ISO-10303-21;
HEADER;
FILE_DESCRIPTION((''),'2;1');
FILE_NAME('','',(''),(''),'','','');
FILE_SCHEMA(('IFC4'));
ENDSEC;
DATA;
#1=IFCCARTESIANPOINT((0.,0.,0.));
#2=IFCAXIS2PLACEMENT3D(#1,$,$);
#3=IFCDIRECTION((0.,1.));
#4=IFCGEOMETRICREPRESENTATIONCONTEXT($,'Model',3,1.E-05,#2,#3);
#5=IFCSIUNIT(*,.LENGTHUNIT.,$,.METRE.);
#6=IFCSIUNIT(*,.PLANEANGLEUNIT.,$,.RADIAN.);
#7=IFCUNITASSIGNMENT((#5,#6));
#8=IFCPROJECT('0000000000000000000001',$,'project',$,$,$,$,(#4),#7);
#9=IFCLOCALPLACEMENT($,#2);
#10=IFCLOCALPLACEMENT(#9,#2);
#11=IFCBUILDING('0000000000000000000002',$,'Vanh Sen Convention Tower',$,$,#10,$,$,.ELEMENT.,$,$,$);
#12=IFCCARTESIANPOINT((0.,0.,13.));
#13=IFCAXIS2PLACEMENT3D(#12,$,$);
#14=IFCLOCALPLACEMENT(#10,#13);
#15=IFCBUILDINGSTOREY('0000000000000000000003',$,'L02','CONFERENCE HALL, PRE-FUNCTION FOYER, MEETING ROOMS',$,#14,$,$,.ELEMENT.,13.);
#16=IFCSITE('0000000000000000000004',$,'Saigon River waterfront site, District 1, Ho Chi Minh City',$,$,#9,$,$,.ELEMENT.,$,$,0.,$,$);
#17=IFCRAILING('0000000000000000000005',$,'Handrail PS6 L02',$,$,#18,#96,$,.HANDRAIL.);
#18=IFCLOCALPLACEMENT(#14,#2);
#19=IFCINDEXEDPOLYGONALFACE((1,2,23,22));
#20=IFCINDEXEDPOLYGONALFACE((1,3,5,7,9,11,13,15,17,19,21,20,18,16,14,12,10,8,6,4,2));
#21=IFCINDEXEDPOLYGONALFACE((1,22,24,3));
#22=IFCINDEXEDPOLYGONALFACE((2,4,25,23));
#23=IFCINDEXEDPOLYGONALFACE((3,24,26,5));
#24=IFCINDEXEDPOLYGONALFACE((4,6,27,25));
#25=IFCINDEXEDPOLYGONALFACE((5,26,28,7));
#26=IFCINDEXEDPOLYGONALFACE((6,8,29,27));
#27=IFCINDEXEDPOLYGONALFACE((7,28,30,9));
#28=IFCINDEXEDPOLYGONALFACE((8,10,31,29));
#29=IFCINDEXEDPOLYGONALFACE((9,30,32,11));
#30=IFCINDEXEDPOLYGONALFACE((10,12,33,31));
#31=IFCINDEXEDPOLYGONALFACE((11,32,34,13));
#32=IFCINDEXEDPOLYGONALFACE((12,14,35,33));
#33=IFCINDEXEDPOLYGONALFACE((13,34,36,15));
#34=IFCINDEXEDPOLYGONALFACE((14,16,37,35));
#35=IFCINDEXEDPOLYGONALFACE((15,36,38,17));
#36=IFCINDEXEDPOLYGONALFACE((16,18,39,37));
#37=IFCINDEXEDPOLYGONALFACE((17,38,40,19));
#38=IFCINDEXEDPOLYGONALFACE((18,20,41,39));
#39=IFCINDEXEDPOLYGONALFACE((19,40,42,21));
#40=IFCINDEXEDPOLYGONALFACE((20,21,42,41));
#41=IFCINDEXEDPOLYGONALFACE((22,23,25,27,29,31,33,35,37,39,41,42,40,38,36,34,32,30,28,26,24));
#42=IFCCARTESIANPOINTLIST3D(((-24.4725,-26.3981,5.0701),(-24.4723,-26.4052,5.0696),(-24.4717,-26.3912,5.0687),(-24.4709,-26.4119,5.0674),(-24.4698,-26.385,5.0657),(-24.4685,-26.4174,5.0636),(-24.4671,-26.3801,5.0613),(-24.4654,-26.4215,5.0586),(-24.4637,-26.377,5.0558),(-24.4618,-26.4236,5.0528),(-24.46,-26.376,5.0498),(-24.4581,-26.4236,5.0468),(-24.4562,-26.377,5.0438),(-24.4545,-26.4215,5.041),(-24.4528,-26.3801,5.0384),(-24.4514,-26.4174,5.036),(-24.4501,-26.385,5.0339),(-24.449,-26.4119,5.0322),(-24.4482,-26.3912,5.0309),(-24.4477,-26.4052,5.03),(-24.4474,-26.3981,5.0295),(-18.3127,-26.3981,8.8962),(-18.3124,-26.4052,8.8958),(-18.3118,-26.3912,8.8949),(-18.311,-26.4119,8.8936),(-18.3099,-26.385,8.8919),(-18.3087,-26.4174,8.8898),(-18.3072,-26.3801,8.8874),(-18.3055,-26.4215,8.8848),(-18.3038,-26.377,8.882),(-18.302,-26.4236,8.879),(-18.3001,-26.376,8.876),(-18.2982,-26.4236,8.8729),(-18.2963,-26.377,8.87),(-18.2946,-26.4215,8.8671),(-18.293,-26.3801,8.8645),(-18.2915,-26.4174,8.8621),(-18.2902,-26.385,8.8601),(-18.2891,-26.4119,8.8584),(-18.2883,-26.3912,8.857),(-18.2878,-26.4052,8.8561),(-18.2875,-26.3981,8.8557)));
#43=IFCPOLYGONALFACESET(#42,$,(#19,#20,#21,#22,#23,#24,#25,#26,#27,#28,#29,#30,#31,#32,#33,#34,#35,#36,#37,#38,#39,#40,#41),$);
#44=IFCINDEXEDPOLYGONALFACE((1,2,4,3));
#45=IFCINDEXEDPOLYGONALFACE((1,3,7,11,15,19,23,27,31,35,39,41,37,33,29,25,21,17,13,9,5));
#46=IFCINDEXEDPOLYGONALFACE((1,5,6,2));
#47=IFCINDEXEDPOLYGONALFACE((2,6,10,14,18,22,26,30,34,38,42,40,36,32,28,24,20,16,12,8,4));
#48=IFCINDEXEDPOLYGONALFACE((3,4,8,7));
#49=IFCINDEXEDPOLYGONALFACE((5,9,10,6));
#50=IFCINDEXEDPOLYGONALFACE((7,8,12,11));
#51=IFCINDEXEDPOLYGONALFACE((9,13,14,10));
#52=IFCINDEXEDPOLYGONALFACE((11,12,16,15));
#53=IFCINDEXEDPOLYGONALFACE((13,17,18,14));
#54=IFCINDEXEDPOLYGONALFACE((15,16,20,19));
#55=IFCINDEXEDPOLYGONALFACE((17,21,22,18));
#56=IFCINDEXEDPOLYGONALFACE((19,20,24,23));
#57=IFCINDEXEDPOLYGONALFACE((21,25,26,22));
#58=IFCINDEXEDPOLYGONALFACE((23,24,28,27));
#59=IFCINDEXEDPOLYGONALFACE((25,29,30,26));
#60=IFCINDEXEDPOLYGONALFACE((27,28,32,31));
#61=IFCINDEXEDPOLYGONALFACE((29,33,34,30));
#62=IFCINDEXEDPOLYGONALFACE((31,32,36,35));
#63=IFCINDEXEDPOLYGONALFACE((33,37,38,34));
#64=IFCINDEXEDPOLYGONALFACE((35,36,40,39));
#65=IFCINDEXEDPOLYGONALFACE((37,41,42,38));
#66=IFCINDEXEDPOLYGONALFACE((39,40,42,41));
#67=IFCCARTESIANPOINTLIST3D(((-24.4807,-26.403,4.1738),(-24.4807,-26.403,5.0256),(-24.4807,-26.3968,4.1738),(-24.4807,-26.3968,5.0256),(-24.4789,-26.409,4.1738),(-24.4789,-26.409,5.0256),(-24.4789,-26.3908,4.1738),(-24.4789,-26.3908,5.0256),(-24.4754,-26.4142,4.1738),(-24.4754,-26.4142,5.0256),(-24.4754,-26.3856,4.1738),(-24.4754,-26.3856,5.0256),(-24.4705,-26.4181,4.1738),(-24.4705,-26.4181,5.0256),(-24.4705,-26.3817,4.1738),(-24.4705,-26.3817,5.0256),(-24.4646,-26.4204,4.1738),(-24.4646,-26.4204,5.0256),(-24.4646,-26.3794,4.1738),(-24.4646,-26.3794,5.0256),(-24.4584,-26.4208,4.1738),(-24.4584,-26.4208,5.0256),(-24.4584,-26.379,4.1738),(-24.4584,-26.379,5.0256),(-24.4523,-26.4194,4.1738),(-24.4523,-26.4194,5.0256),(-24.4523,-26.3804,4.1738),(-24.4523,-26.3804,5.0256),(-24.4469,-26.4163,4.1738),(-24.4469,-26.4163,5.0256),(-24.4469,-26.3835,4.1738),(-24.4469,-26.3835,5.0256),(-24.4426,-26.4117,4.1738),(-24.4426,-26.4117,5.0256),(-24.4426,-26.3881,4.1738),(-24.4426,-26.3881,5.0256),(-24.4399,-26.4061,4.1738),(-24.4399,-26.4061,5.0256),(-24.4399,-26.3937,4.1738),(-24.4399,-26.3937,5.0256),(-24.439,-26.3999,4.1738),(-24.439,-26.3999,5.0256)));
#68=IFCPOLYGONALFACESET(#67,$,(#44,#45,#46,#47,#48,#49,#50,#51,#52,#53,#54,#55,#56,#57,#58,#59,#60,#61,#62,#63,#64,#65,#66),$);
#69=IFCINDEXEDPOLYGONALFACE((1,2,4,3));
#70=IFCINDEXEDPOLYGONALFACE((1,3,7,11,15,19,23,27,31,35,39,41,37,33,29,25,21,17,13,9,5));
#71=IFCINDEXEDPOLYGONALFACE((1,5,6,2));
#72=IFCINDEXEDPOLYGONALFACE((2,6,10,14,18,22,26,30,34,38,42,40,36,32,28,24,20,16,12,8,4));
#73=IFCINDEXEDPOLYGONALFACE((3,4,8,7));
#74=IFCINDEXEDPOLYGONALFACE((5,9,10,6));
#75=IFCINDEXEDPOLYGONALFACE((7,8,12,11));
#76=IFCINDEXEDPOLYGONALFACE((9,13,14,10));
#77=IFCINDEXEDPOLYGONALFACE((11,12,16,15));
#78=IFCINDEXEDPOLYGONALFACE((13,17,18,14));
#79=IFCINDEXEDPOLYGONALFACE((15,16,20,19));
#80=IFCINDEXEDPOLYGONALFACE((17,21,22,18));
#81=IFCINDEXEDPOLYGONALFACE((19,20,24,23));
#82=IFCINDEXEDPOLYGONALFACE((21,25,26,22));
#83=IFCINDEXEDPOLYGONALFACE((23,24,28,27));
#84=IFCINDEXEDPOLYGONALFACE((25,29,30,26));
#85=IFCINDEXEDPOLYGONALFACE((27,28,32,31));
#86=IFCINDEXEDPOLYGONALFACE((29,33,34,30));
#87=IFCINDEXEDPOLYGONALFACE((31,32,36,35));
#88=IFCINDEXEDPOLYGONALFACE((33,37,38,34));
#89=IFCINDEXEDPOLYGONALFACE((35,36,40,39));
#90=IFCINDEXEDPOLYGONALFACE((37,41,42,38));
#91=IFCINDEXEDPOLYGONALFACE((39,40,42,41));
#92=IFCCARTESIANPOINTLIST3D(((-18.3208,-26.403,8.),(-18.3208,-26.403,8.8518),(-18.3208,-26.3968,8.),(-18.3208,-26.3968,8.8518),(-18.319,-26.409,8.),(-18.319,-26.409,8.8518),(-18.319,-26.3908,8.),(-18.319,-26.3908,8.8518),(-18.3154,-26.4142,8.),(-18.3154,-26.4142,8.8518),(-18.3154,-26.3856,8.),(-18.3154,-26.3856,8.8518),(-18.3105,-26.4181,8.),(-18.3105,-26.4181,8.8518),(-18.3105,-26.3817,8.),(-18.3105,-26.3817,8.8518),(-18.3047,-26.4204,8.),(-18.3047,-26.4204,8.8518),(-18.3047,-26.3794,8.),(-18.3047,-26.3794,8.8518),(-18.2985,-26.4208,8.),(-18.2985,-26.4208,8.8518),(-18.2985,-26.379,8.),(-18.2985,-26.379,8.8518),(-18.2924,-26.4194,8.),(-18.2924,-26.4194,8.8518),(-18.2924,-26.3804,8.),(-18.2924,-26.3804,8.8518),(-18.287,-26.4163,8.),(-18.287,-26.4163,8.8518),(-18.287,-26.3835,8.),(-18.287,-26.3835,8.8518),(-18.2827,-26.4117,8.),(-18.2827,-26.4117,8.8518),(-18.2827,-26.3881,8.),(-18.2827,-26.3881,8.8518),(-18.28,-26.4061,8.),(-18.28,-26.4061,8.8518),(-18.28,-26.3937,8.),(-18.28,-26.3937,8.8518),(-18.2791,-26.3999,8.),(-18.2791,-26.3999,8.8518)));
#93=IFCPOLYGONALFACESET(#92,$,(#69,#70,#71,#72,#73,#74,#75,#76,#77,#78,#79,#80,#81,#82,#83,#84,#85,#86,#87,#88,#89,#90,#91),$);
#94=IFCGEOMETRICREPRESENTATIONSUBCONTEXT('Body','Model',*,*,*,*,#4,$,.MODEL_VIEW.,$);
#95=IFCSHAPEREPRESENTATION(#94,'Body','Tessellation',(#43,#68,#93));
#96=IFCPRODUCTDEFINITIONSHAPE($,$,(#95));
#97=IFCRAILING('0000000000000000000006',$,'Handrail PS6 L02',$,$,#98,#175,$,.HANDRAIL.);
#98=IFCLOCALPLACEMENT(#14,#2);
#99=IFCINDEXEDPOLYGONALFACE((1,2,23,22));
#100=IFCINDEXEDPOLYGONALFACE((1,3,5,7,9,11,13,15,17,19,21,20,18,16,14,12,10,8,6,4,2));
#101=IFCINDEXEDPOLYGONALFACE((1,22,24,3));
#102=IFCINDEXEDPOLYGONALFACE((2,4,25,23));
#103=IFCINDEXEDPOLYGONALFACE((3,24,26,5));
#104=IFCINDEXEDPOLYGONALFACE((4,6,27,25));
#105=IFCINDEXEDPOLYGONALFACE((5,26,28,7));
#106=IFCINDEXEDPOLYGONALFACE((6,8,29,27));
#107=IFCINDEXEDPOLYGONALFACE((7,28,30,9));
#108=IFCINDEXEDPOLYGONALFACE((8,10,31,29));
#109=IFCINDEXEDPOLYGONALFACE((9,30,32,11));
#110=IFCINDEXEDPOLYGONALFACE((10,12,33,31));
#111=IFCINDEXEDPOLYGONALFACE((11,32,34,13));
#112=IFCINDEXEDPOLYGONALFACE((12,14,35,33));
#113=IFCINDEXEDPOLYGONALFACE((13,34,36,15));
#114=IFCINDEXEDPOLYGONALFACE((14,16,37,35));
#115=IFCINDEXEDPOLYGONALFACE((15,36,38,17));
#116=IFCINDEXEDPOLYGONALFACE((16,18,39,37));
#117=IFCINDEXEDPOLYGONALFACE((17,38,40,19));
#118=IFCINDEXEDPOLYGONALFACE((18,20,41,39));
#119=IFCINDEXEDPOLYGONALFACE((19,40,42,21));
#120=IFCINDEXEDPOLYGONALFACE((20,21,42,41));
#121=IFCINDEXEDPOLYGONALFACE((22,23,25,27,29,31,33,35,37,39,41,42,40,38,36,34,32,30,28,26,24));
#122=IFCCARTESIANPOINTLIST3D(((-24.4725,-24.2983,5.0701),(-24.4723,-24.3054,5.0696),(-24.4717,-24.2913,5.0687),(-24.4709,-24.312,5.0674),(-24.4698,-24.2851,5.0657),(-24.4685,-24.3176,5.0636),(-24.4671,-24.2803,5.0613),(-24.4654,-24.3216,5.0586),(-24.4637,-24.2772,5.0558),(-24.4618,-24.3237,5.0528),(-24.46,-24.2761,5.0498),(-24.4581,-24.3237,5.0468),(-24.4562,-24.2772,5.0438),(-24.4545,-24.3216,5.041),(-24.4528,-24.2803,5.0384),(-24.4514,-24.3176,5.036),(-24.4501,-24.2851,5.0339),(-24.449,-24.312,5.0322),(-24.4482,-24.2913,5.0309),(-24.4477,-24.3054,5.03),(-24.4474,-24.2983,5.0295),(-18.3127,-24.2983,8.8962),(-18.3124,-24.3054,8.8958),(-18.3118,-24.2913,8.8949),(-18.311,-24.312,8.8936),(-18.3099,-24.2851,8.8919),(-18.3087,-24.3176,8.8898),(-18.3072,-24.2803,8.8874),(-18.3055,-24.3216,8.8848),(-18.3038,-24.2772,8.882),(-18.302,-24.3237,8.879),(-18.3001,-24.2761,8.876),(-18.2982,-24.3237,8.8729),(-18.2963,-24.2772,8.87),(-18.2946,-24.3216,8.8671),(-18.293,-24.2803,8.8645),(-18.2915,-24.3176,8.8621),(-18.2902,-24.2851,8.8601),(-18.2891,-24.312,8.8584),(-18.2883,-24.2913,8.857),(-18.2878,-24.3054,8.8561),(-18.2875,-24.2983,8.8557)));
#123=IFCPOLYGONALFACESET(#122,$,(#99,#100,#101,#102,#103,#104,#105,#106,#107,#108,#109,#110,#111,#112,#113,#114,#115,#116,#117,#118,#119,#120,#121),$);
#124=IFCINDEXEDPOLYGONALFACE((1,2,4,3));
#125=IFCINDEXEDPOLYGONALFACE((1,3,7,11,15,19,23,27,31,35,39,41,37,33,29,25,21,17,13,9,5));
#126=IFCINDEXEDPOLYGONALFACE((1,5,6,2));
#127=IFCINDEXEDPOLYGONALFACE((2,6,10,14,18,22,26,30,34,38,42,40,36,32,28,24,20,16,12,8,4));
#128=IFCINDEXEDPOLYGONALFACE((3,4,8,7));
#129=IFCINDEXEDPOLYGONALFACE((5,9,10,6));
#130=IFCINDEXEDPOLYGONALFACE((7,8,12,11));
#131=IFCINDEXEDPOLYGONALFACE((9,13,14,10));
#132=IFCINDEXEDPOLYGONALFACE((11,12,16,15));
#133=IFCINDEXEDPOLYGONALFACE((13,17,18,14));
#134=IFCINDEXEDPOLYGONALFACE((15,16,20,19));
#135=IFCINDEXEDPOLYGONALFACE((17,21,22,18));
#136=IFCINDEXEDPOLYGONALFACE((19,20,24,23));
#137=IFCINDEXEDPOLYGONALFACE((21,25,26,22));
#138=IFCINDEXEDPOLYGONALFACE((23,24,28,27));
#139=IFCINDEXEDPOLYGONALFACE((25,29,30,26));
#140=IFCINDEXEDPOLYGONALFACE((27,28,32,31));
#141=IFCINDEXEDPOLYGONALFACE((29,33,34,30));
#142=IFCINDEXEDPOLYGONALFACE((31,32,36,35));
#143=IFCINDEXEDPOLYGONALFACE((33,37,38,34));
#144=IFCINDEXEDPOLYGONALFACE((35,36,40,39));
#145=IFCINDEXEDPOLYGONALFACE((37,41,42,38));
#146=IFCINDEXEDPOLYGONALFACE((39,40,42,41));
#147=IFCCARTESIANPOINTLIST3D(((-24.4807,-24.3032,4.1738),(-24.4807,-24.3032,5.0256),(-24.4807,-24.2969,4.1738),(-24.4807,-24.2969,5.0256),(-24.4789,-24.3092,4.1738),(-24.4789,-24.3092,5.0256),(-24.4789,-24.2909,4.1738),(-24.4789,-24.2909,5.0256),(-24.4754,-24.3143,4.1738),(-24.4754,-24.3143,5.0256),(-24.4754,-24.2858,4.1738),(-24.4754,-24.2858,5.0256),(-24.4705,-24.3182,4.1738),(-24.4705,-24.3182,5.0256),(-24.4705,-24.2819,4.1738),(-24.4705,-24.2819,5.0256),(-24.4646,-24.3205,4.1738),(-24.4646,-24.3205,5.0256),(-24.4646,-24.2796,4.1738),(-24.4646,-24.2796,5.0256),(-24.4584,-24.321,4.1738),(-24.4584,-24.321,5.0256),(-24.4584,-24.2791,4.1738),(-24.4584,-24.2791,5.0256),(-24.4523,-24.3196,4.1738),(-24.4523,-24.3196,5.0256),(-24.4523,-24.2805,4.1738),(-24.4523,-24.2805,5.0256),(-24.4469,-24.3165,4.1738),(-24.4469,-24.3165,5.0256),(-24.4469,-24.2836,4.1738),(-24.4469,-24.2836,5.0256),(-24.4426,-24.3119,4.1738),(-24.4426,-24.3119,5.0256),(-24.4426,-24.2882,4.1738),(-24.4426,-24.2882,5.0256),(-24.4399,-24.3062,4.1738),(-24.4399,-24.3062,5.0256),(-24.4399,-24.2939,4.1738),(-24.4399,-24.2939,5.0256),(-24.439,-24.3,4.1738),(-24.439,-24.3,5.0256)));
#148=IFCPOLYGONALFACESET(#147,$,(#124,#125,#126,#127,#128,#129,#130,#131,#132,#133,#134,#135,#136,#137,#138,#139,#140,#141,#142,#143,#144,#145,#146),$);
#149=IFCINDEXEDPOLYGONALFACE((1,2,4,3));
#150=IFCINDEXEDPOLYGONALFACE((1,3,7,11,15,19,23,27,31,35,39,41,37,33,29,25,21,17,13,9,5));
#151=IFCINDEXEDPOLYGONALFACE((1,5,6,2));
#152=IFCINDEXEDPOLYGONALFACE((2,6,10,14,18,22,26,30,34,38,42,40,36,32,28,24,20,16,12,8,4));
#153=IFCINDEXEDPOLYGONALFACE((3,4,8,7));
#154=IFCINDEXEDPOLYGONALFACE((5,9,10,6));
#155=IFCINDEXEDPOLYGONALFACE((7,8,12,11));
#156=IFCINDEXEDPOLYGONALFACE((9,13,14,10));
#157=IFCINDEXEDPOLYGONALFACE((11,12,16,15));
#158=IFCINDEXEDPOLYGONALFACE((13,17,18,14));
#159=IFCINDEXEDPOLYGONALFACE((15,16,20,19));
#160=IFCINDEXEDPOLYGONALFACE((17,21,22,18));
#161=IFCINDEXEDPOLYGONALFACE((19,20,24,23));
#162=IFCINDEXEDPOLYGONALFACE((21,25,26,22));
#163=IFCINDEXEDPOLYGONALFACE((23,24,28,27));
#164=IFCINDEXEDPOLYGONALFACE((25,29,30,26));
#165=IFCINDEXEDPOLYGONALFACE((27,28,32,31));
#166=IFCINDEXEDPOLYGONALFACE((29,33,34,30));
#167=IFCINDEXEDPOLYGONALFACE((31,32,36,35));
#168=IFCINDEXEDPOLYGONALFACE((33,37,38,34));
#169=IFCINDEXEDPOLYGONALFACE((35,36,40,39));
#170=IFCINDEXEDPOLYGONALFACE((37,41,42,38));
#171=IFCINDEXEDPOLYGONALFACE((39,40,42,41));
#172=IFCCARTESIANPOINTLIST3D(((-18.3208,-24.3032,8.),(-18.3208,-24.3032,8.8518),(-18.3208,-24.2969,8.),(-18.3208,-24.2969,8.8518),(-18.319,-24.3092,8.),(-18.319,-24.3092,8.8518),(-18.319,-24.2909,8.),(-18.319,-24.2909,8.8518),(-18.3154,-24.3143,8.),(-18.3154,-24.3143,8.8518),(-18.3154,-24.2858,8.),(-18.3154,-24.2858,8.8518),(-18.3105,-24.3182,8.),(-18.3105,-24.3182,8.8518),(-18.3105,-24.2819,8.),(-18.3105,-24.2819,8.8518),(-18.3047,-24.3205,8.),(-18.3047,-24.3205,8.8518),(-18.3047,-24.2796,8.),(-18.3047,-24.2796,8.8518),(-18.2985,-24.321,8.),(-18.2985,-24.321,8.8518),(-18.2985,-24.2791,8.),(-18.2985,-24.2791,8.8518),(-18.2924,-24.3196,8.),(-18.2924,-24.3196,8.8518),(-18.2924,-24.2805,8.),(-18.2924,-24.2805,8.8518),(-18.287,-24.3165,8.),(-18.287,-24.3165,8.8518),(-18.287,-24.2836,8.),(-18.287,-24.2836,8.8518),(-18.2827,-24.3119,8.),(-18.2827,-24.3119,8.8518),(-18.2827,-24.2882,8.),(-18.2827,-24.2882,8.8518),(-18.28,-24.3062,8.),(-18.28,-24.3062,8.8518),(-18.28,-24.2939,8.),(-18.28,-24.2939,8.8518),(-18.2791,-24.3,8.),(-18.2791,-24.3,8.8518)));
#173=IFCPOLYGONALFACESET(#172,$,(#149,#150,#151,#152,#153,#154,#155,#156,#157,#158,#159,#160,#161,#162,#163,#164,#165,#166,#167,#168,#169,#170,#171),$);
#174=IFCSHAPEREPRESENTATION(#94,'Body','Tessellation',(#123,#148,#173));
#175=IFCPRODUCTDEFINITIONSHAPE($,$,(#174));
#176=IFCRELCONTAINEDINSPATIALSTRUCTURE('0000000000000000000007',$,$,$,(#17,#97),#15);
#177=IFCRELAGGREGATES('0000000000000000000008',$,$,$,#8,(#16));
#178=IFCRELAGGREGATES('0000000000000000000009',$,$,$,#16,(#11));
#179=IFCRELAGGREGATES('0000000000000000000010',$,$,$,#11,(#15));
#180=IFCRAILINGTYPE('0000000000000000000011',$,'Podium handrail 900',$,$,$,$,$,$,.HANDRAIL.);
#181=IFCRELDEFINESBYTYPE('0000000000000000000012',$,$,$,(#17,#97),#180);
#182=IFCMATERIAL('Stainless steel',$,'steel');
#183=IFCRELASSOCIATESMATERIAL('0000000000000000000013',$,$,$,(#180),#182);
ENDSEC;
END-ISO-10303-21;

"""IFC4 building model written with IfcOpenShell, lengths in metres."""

from ifc_helpers import new_model, si_unit, direction, frame, origin, origin_2d, place, context, subcontext, project, spatial, circle, extrude, material, type_object, element, save


model = new_model("IFC4")

# Units and contexts
model_context = context("Model", 3, precision=1e-05, world=origin(), true_north=direction((0.0, 1.0)))
body_context = subcontext(model_context, "Body", "Model", "MODEL_VIEW")
ifc_project = project(units=[si_unit("LENGTHUNIT", "METRE"), si_unit("PLANEANGLEUNIT", "RADIAN")], contexts=[model_context])

# Site, building, storey
site_placement = place(None, origin())
site = spatial("IfcSite", under=ifc_project, at=site_placement, Name="Saigon River waterfront site, District 1, Ho Chi Minh City", CompositionType="ELEMENT", RefElevation=0.0)
building_placement = place(site_placement, origin())
building = spatial("IfcBuilding", under=site, at=building_placement, Name="Vanh Sen Convention Tower", CompositionType="ELEMENT")
storey_placement = place(building_placement, frame((0.0, 0.0, 13.0)))
storey = spatial("IfcBuildingStorey", under=building, at=storey_placement, Name="L02", Description="CONFERENCE HALL, PRE-FUNCTION FOYER, MEETING ROOMS", CompositionType="ELEMENT", Elevation=13.0)

# Railings
ifc_material_1 = material(Name="Stainless steel", Category="steel")
railing_type = type_object("IfcRailingType", Name="Podium handrail 900", PredefinedType="HANDRAIL", material=ifc_material_1)
for number, where, name in (
    (1, (-24.46, -26.3999, 4.1738), "Handrail PS6 L02"),
    (2, (-24.46, -24.3, 4.1738), "Handrail PS6 L02"),
):
    element("IfcRailing", number, at=place(storey_placement, frame(where)), inside=storey, type_object=railing_type, Name=name, PredefinedType="HANDRAIL", context=body_context, shape_type="SweptSolid", body=[
        extrude(circle(Radius=0.0239, at=origin_2d()), frame((0.0, 0.0, 0.876), z_axis=(0.849468, 0.0, 0.527639), x_axis=(0.0, 1.0, 0.0)), (0.0, 0.0, 1.0), 7.2515),
        extrude(circle(Radius=0.021, at=origin_2d()), origin(), (0.0, 0.0, 1.0), 0.8518),
        extrude(circle(Radius=0.021, at=origin_2d()), frame((6.1599, 0.0, 3.8262)), (0.0, 0.0, 1.0), 0.8518),
    ])

save(model, "model.ifc")
